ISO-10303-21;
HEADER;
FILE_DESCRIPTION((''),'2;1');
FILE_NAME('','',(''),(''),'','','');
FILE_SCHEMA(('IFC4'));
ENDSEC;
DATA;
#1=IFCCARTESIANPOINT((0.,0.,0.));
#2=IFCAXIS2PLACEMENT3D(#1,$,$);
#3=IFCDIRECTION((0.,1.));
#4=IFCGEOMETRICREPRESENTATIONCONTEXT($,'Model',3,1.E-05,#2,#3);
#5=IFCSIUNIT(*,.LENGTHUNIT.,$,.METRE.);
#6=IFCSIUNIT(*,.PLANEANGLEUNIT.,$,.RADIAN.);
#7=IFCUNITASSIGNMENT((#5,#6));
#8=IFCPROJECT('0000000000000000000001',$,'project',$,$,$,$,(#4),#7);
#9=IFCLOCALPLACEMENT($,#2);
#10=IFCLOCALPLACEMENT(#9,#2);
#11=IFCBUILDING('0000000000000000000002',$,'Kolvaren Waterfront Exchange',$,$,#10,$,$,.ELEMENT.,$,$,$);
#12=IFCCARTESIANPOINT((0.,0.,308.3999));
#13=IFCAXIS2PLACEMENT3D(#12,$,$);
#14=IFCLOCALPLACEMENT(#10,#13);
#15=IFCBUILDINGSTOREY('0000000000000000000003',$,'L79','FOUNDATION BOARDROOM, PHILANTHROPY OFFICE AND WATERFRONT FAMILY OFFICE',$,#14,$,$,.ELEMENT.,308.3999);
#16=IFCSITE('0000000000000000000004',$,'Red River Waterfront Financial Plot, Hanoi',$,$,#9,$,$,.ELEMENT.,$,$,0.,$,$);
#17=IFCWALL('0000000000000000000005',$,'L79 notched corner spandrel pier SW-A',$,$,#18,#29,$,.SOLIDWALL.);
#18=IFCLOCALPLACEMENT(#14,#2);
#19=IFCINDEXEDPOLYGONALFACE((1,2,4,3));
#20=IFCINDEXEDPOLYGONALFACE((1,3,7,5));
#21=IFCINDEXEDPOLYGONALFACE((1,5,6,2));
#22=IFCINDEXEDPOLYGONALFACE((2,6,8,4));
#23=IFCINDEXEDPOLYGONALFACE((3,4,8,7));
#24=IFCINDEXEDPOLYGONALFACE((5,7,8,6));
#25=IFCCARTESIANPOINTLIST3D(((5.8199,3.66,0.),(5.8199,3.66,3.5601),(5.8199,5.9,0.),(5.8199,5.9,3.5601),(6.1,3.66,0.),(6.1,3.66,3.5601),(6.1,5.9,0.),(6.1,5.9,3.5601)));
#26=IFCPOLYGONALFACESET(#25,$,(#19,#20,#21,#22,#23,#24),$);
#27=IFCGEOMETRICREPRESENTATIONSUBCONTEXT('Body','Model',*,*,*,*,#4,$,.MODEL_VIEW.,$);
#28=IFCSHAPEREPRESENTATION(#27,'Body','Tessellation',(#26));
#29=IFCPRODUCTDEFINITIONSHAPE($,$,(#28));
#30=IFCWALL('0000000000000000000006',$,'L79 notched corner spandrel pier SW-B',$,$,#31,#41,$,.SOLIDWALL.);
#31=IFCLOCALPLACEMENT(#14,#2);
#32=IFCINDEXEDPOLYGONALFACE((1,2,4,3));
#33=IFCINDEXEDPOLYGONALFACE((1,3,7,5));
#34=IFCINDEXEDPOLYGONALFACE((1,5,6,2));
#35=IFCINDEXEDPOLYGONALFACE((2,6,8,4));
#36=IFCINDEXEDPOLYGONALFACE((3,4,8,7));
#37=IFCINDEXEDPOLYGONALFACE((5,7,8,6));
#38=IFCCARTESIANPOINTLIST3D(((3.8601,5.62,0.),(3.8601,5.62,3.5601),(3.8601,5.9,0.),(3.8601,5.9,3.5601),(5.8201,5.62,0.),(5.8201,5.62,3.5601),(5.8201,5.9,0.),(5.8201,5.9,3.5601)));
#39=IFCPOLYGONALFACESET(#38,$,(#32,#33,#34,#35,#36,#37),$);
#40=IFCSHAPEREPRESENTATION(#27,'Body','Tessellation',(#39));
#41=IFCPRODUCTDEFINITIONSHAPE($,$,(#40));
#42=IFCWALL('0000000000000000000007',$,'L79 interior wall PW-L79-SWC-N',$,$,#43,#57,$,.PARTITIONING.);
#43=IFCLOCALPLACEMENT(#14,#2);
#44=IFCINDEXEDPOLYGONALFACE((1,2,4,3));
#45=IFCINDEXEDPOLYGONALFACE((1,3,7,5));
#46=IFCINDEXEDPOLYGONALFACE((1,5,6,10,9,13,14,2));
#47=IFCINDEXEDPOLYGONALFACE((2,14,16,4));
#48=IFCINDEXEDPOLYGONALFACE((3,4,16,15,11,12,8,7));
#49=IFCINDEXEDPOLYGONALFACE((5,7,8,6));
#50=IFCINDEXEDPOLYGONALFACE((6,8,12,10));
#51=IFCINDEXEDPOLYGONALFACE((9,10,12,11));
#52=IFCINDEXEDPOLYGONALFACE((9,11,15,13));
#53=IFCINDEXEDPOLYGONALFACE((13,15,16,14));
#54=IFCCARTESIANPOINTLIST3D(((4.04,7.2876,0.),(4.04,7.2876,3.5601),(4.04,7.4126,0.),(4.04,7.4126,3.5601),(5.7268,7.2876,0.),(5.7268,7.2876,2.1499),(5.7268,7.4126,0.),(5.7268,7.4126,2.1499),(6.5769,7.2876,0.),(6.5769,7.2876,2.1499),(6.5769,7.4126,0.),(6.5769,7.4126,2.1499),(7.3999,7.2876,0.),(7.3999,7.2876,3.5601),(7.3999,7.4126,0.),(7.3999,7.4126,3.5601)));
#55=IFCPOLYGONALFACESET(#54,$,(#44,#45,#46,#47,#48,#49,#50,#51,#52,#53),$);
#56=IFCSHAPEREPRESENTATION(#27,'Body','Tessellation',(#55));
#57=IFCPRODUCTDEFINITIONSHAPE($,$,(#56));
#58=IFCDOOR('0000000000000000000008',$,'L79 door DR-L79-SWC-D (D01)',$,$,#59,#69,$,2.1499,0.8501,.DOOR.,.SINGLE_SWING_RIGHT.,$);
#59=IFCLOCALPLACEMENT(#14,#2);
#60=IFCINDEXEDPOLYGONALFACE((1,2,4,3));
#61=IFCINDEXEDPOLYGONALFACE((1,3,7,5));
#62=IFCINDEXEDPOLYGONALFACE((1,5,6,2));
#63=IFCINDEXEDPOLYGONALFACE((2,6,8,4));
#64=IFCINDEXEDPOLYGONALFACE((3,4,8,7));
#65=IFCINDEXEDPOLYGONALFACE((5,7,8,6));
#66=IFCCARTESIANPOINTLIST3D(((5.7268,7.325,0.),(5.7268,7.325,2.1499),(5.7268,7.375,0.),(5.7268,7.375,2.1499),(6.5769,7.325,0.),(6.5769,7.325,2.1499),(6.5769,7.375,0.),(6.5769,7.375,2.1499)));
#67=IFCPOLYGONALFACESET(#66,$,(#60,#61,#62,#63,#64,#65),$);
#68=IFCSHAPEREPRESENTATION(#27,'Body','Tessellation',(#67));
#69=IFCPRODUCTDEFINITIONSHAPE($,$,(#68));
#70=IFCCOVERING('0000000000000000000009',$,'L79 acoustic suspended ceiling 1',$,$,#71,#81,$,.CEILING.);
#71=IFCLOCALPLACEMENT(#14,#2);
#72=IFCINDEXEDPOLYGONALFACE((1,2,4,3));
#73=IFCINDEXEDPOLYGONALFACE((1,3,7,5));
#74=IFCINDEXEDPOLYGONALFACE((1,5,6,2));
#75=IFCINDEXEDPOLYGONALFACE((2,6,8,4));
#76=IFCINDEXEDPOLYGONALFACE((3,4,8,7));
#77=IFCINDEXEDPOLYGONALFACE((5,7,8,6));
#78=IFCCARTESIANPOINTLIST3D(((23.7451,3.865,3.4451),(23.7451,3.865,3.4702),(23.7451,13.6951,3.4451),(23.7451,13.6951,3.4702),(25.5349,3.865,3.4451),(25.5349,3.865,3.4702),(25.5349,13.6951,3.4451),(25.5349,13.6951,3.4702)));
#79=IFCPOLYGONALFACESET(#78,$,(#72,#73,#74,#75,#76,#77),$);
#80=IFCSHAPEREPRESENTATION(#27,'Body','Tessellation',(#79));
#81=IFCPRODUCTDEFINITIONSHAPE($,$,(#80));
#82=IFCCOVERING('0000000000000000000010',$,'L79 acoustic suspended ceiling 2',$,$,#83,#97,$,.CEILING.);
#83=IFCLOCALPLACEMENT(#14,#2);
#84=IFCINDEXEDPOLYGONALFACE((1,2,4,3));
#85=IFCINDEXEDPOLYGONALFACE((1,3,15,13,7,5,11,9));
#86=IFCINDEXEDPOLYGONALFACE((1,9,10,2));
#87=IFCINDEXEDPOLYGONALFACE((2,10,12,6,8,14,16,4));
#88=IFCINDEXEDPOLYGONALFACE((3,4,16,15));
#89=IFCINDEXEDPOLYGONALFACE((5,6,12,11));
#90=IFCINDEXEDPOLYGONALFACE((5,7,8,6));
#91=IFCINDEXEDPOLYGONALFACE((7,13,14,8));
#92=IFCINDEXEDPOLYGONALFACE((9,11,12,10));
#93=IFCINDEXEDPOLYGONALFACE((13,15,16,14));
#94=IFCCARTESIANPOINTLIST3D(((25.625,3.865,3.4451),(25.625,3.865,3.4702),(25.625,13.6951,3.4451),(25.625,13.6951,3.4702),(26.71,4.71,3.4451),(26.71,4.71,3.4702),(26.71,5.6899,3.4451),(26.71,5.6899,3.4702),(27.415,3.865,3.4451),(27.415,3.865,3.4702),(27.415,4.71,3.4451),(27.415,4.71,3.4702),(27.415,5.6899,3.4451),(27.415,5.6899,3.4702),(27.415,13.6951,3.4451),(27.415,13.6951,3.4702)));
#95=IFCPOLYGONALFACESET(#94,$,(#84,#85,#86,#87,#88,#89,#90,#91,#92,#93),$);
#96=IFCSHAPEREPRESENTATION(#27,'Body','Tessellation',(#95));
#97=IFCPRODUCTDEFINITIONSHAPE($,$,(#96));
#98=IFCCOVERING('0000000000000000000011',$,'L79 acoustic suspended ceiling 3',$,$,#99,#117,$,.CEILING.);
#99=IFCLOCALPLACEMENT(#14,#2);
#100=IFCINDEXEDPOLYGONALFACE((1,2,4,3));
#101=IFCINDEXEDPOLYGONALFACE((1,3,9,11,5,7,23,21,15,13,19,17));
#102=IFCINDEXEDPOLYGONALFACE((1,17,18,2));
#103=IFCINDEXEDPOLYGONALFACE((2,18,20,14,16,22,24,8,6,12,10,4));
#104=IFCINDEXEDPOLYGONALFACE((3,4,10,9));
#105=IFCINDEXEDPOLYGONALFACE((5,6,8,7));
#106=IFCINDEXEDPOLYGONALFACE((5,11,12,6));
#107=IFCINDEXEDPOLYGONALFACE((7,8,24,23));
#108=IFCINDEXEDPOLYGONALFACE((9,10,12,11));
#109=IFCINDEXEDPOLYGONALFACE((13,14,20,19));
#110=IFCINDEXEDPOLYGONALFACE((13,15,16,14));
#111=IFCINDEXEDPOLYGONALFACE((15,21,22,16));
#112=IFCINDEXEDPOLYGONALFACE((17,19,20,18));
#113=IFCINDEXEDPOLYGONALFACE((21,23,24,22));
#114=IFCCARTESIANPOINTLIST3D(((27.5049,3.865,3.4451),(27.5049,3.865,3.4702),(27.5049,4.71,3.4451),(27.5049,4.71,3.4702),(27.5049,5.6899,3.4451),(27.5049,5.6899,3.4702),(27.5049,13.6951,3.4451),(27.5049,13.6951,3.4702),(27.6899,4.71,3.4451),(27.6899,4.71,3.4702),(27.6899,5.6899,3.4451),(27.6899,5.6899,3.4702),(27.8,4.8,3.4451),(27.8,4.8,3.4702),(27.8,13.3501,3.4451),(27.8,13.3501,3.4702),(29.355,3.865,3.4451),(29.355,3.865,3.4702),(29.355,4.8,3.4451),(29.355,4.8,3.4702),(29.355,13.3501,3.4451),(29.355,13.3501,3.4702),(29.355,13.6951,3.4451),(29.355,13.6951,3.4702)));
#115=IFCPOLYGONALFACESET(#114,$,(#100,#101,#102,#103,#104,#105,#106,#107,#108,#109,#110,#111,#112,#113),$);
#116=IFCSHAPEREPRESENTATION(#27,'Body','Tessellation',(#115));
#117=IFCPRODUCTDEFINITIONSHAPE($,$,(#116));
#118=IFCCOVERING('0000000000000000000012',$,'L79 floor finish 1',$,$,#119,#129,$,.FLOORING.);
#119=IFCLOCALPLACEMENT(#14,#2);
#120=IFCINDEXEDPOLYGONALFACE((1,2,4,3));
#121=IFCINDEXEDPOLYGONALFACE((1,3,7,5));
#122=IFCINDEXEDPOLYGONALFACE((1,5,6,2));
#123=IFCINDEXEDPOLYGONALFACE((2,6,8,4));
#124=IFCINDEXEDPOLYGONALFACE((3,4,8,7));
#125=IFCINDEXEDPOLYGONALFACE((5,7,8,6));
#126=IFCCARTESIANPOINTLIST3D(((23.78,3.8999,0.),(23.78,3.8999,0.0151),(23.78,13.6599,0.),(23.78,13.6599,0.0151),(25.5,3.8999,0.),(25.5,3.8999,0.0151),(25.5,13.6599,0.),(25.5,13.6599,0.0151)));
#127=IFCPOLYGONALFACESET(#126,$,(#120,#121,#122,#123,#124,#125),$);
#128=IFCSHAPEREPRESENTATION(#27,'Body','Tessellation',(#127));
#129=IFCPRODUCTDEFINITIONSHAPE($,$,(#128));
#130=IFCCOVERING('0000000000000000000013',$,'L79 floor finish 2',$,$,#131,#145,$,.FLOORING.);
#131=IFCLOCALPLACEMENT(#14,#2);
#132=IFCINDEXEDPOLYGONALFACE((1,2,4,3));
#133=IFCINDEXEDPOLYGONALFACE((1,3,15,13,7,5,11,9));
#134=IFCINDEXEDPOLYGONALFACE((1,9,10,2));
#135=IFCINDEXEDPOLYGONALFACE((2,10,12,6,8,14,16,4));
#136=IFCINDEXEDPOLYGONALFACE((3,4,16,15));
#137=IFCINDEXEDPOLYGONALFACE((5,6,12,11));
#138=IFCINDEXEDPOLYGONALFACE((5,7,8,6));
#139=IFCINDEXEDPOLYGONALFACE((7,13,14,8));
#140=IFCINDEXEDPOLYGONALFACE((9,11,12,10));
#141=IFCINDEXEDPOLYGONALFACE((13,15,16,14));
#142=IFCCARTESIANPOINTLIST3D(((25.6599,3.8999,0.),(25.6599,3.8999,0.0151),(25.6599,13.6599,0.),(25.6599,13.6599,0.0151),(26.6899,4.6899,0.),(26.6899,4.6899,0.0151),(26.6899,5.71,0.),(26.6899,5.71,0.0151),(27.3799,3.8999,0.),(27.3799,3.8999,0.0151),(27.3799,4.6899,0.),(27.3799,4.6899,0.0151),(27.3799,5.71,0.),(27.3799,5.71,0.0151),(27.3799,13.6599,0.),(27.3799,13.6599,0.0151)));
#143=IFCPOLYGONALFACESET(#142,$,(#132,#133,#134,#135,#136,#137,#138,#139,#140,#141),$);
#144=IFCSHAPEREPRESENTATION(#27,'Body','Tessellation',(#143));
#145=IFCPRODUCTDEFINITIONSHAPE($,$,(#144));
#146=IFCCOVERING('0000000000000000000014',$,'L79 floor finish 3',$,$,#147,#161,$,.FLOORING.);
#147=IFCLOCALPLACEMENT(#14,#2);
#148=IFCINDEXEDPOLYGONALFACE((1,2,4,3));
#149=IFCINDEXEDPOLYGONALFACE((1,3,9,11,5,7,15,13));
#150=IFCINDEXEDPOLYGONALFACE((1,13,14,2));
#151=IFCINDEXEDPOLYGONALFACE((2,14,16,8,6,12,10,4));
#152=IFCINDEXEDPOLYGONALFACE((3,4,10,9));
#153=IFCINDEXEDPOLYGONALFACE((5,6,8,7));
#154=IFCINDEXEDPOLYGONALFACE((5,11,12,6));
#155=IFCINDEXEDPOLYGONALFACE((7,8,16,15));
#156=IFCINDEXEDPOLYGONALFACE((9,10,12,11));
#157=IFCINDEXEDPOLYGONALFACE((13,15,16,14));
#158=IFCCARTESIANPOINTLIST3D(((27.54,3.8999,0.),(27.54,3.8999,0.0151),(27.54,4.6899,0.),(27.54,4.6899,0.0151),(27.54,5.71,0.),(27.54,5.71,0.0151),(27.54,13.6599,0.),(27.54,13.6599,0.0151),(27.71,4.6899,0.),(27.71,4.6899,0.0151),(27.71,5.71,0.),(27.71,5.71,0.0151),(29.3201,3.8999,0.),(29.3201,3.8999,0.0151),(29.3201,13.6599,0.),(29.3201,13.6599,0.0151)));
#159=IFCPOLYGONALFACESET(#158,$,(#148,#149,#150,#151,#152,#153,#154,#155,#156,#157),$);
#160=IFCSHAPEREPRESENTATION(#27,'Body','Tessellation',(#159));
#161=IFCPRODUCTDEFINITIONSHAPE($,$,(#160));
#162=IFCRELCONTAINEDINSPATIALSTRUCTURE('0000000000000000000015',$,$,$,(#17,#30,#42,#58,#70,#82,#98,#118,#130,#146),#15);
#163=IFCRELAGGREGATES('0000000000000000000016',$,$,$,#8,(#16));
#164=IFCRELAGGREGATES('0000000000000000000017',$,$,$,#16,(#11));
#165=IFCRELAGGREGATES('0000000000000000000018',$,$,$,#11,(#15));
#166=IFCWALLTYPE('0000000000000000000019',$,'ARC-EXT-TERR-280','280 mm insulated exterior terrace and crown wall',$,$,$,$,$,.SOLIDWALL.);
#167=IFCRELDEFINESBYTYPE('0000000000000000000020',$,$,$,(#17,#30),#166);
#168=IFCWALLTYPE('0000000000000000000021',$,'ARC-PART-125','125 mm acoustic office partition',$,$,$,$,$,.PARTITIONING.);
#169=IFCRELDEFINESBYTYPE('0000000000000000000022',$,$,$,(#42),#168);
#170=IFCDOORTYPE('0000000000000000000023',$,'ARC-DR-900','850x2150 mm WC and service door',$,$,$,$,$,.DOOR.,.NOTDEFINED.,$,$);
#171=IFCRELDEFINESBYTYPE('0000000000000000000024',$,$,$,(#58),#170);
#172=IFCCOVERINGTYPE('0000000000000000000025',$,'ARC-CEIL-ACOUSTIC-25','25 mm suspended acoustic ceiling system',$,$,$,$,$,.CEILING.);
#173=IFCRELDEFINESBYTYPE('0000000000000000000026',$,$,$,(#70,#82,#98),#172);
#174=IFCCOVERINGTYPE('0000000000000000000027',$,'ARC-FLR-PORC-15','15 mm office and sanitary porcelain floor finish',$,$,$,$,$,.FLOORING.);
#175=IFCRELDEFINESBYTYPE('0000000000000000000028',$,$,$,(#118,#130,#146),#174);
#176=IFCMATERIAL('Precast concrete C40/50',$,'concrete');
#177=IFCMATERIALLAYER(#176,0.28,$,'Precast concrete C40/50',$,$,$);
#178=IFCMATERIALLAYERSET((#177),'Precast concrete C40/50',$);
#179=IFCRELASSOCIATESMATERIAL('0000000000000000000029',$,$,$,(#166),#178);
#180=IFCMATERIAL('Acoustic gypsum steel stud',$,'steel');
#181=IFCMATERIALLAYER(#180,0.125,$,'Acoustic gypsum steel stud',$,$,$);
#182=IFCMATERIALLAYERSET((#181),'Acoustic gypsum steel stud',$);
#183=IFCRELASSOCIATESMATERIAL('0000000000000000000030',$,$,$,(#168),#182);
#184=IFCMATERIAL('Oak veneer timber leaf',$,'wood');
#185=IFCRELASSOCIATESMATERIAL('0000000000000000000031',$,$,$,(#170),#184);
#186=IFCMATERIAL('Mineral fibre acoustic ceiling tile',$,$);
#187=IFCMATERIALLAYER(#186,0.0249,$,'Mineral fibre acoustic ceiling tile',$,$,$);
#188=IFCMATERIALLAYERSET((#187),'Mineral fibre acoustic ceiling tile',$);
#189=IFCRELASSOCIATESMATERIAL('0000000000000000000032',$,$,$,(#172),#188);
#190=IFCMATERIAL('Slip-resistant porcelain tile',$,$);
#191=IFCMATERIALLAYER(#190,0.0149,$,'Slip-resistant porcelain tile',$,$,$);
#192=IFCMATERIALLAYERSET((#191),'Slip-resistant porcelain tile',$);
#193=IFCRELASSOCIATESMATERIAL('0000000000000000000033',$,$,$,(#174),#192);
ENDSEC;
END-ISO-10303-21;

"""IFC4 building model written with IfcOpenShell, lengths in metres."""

from ifc_helpers import new_model, si_unit, direction, frame, frame_2d, origin, place, context, subcontext, project, spatial, polyline, rectangle, outline, extrude, material, layer, layer_set, type_object, element, fill, save


model = new_model("IFC4")

# Units and contexts
model_context = context("Model", 3, precision=1e-05, world=origin(), true_north=direction((0.0, 1.0)))
body_context = subcontext(model_context, "Body", "Model", "MODEL_VIEW")
ifc_project = project(units=[si_unit("LENGTHUNIT", "METRE"), si_unit("PLANEANGLEUNIT", "RADIAN")], contexts=[model_context])

# Site, building, storey
site_placement = place(None, origin())
site = spatial("IfcSite", under=ifc_project, at=site_placement, Name="Red River Waterfront Financial Plot, Hanoi", CompositionType="ELEMENT", RefElevation=0.0)
building_placement = place(site_placement, origin())
building = spatial("IfcBuilding", under=site, at=building_placement, Name="Kolvaren Waterfront Exchange", CompositionType="ELEMENT")
storey_placement = place(building_placement, frame((0.0, 0.0, 308.3999)))
storey = spatial("IfcBuildingStorey", under=building, at=storey_placement, Name="L79", Description="FOUNDATION BOARDROOM, PHILANTHROPY OFFICE AND WATERFRONT FAMILY OFFICE", CompositionType="ELEMENT", Elevation=308.3999)

# Walls
ifc_material_1 = material(Name="Precast concrete C40/50", Category="concrete")
ifc_layer_1 = layer(ifc_material_1, 0.28, Name="Precast concrete C40/50")
ifc_layer_set_1 = layer_set([ifc_layer_1], Name="Precast concrete C40/50")
wall_type_1 = type_object("IfcWallType", Name="ARC-EXT-TERR-280", Description="280 mm insulated exterior terrace and crown wall", PredefinedType="SOLIDWALL", material=ifc_layer_set_1)
wall_1_placement = place(storey_placement, frame((5.96, 3.6599, 0.0), z_axis=(0.0, 0.0, 1.0), x_axis=(0.0, 1.0, 0.0)))
element("IfcWall", 1, at=wall_1_placement, inside=storey, type_object=wall_type_1, Name="L79 notched corner spandrel pier SW-A", PredefinedType="SOLIDWALL", context=body_context, shape_type="SweptSolid", body=[
    extrude(rectangle(XDim=2.24, YDim=0.28, at=frame_2d((1.1201, 0.0))), origin(), (0.0, 0.0, 1.0), 3.5601),
])
wall_2_placement = place(storey_placement, frame((3.8601, 5.76, 0.0), z_axis=(0.0, 0.0, 1.0), x_axis=(1.0, 0.0, 0.0)))
element("IfcWall", 2, at=wall_2_placement, inside=storey, type_object=wall_type_1, Name="L79 notched corner spandrel pier SW-B", PredefinedType="SOLIDWALL", context=body_context, shape_type="SweptSolid", body=[
    extrude(rectangle(XDim=1.96, YDim=0.28, at=frame_2d((0.98, 0.0))), origin(), (0.0, 0.0, 1.0), 3.5601),
])

# Wall, opening, door
ifc_material_2 = material(Name="Acoustic gypsum steel stud", Category="steel")
ifc_layer_2 = layer(ifc_material_2, 0.125, Name="Acoustic gypsum steel stud")
ifc_layer_set_2 = layer_set([ifc_layer_2], Name="Acoustic gypsum steel stud")
wall_type_2 = type_object("IfcWallType", Name="ARC-PART-125", Description="125 mm acoustic office partition", PredefinedType="PARTITIONING", material=ifc_layer_set_2)
wall_3_placement = place(storey_placement, frame((4.04, 7.3501, 0.0), z_axis=(0.0, 0.0, 1.0), x_axis=(1.0, 0.0, 0.0)))
wall_3 = element("IfcWall", 3, at=wall_3_placement, inside=storey, type_object=wall_type_2, Name="L79 interior wall PW-L79-SWC-N", PredefinedType="PARTITIONING", context=body_context, shape_type="SweptSolid", body=[
    extrude(rectangle(XDim=3.3599, YDim=0.125, at=frame_2d((1.6799, 0.0))), origin(), (0.0, 0.0, 1.0), 3.5601),
])
opening_placement = place(wall_3_placement, frame((1.6868, 0.0, 0.0)))
opening = element("IfcOpeningElement", 4, at=opening_placement, cuts=wall_3, PredefinedType="OPENING", context=body_context, shape_type="SweptSolid", body=[
    extrude(rectangle(XDim=0.8501, YDim=2.1499, at=frame_2d((0.425, 1.075))), frame((0.0, 0.0725, 0.0), z_axis=(0.0, -1.0, 0.0), x_axis=(1.0, 0.0, 0.0)), (0.0, 0.0, 1.0), 0.145),
])
ifc_material_3 = material(Name="Oak veneer timber leaf", Category="wood")
door_type = type_object("IfcDoorType", Name="ARC-DR-900", Description="850x2150 mm WC and service door", OperationType="NOTDEFINED", PredefinedType="DOOR", material=ifc_material_3)
door_placement = place(opening_placement, origin())
door = element("IfcDoor", 5, at=door_placement, inside=storey, type_object=door_type, Name="L79 door DR-L79-SWC-D (D01)", OperationType="SINGLE_SWING_RIGHT", OverallHeight=2.1499, OverallWidth=0.8501, PredefinedType="DOOR", context=body_context, shape_type="SweptSolid", body=[
    extrude(rectangle(XDim=0.8501, YDim=2.1499, at=frame_2d((0.425, 1.075))), frame((0.0, 0.0249, 0.0), z_axis=(0.0, -1.0, 0.0), x_axis=(1.0, 0.0, 0.0)), (0.0, 0.0, 1.0), 0.05),
])
fill(opening, door)

# Coverings
ifc_material_4 = material(Name="Mineral fibre acoustic ceiling tile")
ifc_layer_3 = layer(ifc_material_4, 0.0249, Name="Mineral fibre acoustic ceiling tile")
ifc_layer_set_3 = layer_set([ifc_layer_3], Name="Mineral fibre acoustic ceiling tile")
covering_type_1 = type_object("IfcCoveringType", Name="ARC-CEIL-ACOUSTIC-25", Description="25 mm suspended acoustic ceiling system", PredefinedType="CEILING", material=ifc_layer_set_3)
covering_1_placement = place(storey_placement, frame((0.0, 0.0, 3.4451)))
element("IfcCovering", 6, at=covering_1_placement, inside=storey, type_object=covering_type_1, Name="L79 acoustic suspended ceiling 1", PredefinedType="CEILING", context=body_context, shape_type="SweptSolid", body=[
    extrude(outline(polyline([(25.5349, 3.865), (25.5349, 13.6951), (23.7451, 13.6951), (23.7451, 3.865), (25.5349, 3.865)])), origin(), (0.0, 0.0, 1.0), 0.0251),
])
covering_2_placement = place(storey_placement, frame((0.0, 0.0, 3.4451)))
element("IfcCovering", 7, at=covering_2_placement, inside=storey, type_object=covering_type_1, Name="L79 acoustic suspended ceiling 2", PredefinedType="CEILING", context=body_context, shape_type="SweptSolid", body=[
    extrude(outline(polyline([(27.415, 4.71), (26.71, 4.71), (26.71, 5.6899), (27.415, 5.6899), (27.415, 13.6951), (25.625, 13.6951), (25.625, 3.865), (27.415, 3.865), (27.415, 4.71)])), origin(), (0.0, 0.0, 1.0), 0.0251),
])
covering_3_placement = place(storey_placement, frame((0.0, 0.0, 3.4451)))
element("IfcCovering", 8, at=covering_3_placement, inside=storey, type_object=covering_type_1, Name="L79 acoustic suspended ceiling 3", PredefinedType="CEILING", context=body_context, shape_type="SweptSolid", body=[
    extrude(outline(polyline([(27.5049, 5.6899), (27.6899, 5.6899), (27.6899, 4.71), (27.5049, 4.71), (27.5049, 3.865), (29.355, 3.865), (29.355, 4.8), (27.8, 4.8), (27.8, 13.3501), (29.355, 13.3501), (29.355, 13.6951), (27.5049, 13.6951), (27.5049, 5.6899)])), origin(), (0.0, 0.0, 1.0), 0.0251),
])
ifc_material_5 = material(Name="Slip-resistant porcelain tile")
ifc_layer_4 = layer(ifc_material_5, 0.0149, Name="Slip-resistant porcelain tile")
ifc_layer_set_4 = layer_set([ifc_layer_4], Name="Slip-resistant porcelain tile")
covering_type_2 = type_object("IfcCoveringType", Name="ARC-FLR-PORC-15", Description="15 mm office and sanitary porcelain floor finish", PredefinedType="FLOORING", material=ifc_layer_set_4)
covering_4_placement = place(storey_placement, origin())
element("IfcCovering", 9, at=covering_4_placement, inside=storey, type_object=covering_type_2, Name="L79 floor finish 1", PredefinedType="FLOORING", context=body_context, shape_type="SweptSolid", body=[
    extrude(outline(polyline([(23.78, 13.6599), (23.78, 3.8999), (25.5, 3.8999), (25.5, 13.6599), (23.78, 13.6599)])), origin(), (0.0, 0.0, 1.0), 0.0151),
])
covering_5_placement = place(storey_placement, origin())
element("IfcCovering", 10, at=covering_5_placement, inside=storey, type_object=covering_type_2, Name="L79 floor finish 2", PredefinedType="FLOORING", context=body_context, shape_type="SweptSolid", body=[
    extrude(outline(polyline([(25.6599, 13.6599), (25.6599, 3.8999), (27.3799, 3.8999), (27.3799, 4.6899), (26.6899, 4.6899), (26.6899, 5.71), (27.3799, 5.71), (27.3799, 13.6599), (25.6599, 13.6599)])), origin(), (0.0, 0.0, 1.0), 0.0151),
])
covering_6_placement = place(storey_placement, origin())
element("IfcCovering", 11, at=covering_6_placement, inside=storey, type_object=covering_type_2, Name="L79 floor finish 3", PredefinedType="FLOORING", context=body_context, shape_type="SweptSolid", body=[
    extrude(outline(polyline([(27.54, 4.6899), (27.54, 3.8999), (29.3201, 3.8999), (29.3201, 13.6599), (27.54, 13.6599), (27.54, 5.71), (27.71, 5.71), (27.71, 4.6899), (27.54, 4.6899)])), origin(), (0.0, 0.0, 1.0), 0.0151),
])

save(model, "model.ifc")
